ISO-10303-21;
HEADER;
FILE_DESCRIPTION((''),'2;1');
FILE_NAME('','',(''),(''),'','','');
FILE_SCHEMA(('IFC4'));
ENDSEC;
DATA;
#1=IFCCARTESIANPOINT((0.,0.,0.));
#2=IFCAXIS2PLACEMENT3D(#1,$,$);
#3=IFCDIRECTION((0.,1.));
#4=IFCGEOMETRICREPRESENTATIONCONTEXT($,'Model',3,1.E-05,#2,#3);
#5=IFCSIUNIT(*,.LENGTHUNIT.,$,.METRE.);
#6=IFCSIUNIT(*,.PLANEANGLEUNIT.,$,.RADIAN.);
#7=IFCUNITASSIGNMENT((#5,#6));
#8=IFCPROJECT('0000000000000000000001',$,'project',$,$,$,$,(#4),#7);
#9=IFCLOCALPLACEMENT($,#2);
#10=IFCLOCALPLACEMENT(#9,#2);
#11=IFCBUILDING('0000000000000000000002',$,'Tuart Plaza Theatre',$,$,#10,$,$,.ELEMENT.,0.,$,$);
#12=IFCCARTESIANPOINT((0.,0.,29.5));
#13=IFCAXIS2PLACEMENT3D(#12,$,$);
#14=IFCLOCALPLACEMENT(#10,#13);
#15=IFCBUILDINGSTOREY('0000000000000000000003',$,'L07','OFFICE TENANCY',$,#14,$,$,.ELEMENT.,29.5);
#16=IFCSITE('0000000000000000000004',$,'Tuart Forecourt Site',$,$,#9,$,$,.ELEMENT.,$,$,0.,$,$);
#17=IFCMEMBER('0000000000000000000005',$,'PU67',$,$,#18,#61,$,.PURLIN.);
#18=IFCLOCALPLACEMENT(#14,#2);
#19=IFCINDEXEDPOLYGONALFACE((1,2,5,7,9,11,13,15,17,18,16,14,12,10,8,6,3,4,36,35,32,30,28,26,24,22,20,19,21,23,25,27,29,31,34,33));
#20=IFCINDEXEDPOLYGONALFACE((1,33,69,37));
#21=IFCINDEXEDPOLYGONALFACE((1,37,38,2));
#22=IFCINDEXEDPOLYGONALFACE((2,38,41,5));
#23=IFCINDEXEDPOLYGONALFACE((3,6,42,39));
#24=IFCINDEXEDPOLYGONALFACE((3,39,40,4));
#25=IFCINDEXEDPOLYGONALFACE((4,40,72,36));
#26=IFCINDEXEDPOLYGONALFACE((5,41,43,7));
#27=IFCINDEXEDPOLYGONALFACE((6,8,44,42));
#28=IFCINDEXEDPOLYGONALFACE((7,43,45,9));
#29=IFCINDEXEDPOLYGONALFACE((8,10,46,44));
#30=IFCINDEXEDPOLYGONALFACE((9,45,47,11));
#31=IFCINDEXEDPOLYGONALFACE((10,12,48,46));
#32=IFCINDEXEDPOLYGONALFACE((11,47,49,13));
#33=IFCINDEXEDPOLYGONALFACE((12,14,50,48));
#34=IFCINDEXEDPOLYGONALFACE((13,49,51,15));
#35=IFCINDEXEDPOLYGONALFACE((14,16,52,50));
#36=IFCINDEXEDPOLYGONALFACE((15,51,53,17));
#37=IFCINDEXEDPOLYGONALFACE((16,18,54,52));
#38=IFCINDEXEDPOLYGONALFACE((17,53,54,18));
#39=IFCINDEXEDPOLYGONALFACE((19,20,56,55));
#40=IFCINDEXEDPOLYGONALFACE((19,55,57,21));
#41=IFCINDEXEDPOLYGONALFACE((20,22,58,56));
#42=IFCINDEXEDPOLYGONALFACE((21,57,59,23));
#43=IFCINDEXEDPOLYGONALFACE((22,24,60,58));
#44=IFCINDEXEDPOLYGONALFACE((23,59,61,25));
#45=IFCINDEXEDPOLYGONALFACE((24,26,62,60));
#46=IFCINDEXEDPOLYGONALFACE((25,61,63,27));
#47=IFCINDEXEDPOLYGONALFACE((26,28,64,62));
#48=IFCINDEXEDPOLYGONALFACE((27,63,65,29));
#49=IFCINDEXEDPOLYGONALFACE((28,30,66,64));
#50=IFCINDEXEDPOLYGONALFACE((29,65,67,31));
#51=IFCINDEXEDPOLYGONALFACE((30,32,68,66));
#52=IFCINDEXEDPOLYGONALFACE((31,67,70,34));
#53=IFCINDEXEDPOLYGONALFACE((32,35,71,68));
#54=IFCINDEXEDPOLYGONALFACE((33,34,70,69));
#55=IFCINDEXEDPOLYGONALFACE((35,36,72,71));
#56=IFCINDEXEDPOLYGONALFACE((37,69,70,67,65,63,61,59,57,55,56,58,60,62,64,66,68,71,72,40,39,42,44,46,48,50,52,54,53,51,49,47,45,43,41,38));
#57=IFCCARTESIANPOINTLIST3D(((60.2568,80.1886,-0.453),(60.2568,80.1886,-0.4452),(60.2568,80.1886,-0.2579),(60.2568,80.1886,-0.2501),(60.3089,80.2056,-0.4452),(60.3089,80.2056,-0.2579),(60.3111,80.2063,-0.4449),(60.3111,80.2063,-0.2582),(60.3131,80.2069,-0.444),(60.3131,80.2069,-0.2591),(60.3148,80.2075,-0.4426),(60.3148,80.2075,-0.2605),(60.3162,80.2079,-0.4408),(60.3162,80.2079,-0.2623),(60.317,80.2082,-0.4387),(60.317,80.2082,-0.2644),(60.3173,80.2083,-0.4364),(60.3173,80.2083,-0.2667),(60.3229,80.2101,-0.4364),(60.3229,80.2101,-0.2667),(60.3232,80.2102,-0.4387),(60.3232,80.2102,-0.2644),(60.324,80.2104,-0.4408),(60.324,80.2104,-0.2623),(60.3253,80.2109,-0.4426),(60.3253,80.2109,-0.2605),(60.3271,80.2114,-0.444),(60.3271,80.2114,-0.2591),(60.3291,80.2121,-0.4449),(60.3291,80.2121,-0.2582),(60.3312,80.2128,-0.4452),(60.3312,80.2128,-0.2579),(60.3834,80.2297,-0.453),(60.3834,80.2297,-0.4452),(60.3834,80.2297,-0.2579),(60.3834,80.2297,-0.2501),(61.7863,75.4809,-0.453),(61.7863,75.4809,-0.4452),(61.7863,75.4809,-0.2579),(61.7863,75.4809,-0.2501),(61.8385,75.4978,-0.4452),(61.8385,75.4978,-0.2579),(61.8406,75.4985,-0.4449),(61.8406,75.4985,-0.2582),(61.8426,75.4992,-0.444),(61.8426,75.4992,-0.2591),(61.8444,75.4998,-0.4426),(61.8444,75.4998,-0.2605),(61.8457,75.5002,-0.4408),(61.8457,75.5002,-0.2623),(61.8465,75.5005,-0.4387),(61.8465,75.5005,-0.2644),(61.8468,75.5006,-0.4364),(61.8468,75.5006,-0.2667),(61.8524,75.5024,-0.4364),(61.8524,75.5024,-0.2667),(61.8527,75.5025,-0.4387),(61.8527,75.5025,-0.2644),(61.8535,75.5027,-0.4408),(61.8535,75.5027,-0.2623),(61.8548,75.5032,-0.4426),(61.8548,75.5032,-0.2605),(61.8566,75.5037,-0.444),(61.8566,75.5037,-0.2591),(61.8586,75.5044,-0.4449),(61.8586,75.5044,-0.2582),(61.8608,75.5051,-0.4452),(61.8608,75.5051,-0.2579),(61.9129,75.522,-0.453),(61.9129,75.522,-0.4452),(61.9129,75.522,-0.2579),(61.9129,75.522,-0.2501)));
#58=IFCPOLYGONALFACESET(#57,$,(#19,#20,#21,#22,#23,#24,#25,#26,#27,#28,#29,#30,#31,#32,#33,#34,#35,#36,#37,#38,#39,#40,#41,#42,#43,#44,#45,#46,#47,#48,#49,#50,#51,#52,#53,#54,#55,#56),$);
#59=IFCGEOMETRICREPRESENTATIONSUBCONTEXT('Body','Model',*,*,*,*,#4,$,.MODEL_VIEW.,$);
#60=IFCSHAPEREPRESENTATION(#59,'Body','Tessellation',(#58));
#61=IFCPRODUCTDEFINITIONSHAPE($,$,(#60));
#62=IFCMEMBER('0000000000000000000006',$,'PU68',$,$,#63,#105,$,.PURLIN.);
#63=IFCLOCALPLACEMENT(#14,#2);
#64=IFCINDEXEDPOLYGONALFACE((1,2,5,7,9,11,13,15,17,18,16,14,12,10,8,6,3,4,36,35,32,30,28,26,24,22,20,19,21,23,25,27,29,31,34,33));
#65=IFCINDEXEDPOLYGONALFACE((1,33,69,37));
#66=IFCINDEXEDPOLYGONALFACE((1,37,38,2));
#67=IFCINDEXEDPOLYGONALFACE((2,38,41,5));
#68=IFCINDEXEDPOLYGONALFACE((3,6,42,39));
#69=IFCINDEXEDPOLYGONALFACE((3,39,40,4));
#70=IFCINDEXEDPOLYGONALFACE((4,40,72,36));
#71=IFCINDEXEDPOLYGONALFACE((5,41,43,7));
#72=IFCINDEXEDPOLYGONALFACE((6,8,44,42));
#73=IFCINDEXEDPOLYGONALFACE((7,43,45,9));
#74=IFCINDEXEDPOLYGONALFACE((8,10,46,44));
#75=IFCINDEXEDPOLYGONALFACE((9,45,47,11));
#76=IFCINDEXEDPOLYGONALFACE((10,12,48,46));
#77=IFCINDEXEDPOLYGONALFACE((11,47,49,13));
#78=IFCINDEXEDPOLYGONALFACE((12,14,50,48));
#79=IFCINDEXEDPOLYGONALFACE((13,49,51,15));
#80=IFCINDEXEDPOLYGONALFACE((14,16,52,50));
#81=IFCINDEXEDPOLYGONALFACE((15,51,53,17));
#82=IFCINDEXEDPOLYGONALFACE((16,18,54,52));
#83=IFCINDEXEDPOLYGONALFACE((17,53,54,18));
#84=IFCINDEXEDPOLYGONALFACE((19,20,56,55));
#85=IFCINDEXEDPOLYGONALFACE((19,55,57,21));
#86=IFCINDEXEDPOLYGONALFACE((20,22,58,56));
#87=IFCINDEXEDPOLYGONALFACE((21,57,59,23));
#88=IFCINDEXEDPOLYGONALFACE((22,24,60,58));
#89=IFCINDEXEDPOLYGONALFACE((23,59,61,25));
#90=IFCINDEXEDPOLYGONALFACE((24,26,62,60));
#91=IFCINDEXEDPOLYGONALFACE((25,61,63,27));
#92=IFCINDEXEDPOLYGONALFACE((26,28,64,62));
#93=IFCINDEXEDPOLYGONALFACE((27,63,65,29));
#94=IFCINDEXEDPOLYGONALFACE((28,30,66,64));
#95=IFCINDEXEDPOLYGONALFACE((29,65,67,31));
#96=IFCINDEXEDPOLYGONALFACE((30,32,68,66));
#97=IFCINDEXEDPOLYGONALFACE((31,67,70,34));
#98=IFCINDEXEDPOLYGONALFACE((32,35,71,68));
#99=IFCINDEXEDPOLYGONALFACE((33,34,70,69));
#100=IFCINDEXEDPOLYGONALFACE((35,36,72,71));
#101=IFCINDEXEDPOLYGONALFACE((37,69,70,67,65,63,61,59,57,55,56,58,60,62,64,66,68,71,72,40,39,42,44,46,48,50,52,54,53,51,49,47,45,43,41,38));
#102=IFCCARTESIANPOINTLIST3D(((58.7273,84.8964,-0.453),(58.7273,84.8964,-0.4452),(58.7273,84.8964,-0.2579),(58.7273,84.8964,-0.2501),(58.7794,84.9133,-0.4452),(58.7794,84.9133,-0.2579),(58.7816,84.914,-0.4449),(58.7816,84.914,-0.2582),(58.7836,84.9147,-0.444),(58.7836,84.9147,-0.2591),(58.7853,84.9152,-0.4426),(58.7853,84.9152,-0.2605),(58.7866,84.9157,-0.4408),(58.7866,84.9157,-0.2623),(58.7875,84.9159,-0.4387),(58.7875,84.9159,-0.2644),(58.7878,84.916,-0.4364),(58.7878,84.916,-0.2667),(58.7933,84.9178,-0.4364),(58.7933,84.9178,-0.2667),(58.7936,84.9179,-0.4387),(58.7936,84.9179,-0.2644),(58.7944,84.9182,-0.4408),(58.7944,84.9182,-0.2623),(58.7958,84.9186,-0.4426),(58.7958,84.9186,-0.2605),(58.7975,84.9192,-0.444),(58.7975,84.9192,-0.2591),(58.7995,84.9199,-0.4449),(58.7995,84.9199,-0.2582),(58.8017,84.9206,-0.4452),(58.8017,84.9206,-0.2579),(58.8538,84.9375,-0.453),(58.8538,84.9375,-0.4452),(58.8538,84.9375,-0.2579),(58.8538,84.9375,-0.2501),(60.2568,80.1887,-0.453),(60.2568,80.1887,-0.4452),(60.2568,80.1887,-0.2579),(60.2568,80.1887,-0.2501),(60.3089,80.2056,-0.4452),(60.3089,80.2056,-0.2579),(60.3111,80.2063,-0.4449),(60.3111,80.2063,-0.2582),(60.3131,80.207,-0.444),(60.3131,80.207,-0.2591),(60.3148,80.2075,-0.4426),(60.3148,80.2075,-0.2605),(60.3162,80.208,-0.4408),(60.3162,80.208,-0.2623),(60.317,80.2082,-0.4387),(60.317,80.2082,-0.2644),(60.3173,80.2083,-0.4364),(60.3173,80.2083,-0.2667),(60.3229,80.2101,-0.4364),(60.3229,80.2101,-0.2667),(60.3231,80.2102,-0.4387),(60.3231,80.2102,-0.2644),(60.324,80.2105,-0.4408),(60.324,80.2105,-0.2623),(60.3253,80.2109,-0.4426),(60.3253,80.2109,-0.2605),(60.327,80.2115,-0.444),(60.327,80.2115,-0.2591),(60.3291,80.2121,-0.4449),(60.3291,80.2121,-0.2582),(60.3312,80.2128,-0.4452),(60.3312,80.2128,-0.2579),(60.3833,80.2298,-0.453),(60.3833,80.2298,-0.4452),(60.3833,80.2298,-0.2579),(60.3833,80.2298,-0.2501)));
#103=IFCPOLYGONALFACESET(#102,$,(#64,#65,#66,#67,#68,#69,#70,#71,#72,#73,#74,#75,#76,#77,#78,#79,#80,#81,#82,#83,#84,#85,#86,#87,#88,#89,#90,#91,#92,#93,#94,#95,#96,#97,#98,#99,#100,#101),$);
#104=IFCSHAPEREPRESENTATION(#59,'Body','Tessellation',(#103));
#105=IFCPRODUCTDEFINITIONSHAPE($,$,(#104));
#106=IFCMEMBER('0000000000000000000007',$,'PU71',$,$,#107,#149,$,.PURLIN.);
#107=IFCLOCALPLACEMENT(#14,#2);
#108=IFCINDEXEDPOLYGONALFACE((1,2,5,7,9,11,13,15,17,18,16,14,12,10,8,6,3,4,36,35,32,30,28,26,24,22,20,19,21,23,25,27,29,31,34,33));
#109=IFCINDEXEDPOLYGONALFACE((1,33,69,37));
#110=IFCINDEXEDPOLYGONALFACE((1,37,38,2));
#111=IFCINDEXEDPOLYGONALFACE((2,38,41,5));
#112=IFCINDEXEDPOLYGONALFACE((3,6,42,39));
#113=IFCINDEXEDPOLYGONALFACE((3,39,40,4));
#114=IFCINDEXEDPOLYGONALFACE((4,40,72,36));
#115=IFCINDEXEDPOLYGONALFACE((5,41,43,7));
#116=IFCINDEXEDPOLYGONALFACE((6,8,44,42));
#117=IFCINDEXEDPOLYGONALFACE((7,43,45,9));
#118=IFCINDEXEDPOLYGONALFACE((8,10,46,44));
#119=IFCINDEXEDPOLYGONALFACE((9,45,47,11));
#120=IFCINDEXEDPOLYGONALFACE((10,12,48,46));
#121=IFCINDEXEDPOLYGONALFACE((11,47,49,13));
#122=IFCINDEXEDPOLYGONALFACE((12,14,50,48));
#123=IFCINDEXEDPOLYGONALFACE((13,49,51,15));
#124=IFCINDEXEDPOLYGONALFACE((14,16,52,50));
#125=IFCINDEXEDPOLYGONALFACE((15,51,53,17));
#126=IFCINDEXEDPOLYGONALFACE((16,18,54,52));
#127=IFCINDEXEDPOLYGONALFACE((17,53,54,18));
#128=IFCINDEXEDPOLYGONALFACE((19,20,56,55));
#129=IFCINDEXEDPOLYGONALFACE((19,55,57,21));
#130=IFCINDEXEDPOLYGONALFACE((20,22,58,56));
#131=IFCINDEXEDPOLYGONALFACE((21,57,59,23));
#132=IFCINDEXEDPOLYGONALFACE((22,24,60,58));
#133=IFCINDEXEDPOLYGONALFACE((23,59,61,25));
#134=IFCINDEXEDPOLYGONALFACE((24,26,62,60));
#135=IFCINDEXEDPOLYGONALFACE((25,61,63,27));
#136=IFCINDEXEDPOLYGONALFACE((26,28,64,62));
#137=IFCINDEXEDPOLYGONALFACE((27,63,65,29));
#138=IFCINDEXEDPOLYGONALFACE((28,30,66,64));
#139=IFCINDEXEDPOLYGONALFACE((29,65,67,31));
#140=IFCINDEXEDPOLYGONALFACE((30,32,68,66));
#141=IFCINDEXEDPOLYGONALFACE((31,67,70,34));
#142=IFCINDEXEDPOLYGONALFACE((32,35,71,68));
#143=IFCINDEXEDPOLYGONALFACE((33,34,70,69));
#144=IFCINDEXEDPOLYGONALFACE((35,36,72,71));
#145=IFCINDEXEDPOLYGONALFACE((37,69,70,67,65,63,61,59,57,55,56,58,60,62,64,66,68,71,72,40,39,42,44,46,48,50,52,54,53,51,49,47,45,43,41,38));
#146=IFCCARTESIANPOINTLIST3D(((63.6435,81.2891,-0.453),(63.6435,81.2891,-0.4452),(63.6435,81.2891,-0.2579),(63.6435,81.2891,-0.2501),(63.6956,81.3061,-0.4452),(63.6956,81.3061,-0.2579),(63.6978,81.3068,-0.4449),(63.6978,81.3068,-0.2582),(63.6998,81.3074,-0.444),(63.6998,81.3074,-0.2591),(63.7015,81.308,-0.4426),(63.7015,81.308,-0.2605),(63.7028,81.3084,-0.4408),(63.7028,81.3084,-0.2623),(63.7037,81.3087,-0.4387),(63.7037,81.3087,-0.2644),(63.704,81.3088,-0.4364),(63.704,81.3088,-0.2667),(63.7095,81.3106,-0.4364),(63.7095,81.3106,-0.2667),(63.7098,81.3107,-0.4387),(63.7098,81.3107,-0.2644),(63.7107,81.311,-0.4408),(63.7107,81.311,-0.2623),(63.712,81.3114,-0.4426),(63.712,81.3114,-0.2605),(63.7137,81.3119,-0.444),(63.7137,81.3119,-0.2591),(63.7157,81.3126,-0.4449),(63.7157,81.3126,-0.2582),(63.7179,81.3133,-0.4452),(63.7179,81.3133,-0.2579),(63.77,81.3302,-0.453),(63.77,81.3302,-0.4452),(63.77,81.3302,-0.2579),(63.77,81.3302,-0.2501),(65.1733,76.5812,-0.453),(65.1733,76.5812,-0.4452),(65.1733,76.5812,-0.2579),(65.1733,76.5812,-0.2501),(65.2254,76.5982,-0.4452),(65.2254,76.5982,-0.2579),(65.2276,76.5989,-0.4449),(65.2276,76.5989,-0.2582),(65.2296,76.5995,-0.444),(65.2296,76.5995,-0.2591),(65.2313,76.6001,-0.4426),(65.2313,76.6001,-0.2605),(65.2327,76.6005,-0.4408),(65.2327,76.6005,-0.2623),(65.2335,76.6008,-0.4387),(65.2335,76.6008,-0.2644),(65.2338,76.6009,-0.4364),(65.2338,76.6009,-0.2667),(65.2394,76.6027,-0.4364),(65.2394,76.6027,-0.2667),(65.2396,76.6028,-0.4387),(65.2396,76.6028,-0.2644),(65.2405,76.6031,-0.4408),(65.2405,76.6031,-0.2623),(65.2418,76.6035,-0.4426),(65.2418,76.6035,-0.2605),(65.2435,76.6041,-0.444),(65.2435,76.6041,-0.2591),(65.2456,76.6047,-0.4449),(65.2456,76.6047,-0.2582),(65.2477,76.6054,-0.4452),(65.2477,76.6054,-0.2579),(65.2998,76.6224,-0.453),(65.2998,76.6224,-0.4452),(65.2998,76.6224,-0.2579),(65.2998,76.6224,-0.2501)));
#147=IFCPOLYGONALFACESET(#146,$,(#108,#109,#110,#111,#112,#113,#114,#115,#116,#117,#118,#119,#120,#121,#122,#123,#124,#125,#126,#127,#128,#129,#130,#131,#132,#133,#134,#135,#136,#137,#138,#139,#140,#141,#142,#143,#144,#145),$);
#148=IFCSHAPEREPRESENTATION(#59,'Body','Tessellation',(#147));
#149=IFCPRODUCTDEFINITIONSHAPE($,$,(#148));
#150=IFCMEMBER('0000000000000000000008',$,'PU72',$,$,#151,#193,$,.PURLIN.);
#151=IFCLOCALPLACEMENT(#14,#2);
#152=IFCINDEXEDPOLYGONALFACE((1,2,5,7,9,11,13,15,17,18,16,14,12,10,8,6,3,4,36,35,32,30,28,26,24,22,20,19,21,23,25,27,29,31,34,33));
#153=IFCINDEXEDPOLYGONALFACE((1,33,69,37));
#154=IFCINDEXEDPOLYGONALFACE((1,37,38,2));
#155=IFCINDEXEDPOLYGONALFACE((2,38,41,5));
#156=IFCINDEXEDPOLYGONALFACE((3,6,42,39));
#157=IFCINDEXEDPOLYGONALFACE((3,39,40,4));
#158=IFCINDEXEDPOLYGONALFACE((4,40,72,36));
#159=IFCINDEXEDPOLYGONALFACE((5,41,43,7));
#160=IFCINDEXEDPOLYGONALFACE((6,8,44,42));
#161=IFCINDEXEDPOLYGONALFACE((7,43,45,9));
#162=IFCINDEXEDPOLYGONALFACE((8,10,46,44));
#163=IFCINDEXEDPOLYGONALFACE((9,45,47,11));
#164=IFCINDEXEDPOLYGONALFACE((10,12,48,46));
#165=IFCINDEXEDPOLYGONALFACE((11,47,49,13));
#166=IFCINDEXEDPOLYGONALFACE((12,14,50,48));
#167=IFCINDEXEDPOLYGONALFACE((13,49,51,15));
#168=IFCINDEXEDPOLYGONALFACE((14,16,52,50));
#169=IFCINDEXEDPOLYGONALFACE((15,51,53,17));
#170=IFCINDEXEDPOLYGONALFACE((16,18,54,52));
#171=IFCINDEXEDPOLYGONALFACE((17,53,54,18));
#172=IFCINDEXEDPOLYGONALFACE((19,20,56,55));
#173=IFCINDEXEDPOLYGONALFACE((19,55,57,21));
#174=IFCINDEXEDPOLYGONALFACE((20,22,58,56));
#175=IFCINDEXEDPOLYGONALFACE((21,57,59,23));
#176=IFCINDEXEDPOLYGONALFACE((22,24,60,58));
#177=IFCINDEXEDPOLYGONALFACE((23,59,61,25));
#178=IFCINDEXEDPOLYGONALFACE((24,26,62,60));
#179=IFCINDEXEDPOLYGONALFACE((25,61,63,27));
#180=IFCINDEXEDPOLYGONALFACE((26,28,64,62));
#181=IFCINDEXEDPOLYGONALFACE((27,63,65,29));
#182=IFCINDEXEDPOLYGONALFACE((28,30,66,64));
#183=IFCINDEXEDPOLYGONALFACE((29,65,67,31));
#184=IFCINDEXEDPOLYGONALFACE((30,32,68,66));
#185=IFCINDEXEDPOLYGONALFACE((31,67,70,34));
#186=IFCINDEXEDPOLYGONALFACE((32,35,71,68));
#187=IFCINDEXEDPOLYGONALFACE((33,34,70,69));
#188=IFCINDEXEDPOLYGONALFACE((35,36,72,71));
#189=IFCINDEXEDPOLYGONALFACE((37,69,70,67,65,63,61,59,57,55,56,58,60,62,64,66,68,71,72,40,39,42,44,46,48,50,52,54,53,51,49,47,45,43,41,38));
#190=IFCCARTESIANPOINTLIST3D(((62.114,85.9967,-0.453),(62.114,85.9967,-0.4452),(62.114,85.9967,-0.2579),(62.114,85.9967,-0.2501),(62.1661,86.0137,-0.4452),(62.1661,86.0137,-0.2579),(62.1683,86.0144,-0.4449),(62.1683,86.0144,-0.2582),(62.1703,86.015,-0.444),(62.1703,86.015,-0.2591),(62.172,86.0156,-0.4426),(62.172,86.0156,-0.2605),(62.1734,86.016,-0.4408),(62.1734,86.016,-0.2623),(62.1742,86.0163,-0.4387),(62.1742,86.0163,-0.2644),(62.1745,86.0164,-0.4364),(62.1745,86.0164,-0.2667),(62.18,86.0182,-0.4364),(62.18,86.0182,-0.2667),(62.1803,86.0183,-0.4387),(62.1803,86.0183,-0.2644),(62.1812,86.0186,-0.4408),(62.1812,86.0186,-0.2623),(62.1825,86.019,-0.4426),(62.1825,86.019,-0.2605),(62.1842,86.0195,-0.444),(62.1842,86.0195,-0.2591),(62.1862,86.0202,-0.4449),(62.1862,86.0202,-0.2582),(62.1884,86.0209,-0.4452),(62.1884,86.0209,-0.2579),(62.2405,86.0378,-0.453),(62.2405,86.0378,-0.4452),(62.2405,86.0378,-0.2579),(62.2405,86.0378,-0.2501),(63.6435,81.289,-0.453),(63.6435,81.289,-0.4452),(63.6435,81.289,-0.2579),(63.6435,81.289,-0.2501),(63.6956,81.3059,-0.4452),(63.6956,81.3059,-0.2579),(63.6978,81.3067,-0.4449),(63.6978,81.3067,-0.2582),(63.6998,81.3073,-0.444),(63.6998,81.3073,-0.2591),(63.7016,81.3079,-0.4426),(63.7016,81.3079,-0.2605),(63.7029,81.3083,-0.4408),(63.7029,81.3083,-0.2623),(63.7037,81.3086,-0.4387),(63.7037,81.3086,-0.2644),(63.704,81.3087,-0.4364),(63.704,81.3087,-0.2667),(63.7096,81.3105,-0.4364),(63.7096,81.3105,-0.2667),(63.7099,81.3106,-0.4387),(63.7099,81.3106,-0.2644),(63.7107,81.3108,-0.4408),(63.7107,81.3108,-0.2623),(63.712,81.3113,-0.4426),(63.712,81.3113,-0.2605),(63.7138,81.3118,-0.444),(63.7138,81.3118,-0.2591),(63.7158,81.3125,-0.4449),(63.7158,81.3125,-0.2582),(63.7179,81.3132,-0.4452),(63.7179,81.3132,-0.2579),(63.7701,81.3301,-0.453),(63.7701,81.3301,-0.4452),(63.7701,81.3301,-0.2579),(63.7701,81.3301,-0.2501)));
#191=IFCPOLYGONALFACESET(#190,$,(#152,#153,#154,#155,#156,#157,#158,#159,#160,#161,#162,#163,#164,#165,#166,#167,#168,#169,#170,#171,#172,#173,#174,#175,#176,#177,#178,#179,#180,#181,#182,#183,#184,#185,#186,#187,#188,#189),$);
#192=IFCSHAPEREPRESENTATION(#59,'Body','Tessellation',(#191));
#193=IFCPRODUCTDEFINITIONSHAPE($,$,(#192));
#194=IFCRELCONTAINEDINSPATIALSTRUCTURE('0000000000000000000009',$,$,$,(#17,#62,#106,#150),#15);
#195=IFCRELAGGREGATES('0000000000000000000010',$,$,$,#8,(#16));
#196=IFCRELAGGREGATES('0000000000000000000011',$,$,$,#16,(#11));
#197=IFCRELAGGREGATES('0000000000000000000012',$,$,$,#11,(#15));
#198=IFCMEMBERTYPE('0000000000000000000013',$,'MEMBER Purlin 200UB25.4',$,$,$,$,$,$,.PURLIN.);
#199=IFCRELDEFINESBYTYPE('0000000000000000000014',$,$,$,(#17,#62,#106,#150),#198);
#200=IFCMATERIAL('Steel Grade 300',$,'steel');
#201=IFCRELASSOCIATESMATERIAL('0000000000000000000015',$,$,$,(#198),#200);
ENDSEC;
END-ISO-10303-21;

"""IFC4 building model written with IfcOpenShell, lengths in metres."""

from ifc_helpers import new_model, si_unit, direction, frame, origin, origin_2d, place, context, subcontext, project, spatial, i_section, extrude, material, material_profile, profile_set, type_object, element, save


model = new_model("IFC4")

# Units and contexts
model_context = context("Model", 3, precision=1e-05, world=origin(), true_north=direction((0.0, 1.0)))
body_context = subcontext(model_context, "Body", "Model", "MODEL_VIEW")
ifc_project = project(units=[si_unit("LENGTHUNIT", "METRE"), si_unit("PLANEANGLEUNIT", "RADIAN")], contexts=[model_context])

# Site, building, storey
site_placement = place(None, origin())
site = spatial("IfcSite", under=ifc_project, at=site_placement, Name="Tuart Forecourt Site", CompositionType="ELEMENT", RefElevation=0.0)
building_placement = place(site_placement, origin())
building = spatial("IfcBuilding", under=site, at=building_placement, Name="Tuart Plaza Theatre", CompositionType="ELEMENT", ElevationOfRefHeight=0.0)
storey_placement = place(building_placement, frame((0.0, 0.0, 29.5)))
storey = spatial("IfcBuildingStorey", under=building, at=storey_placement, Name="L07", Description="OFFICE TENANCY", CompositionType="ELEMENT", Elevation=29.5)

# Members
ifc_material_1 = material(Name="Steel Grade 300", Category="steel")
ifc_material_profile_1 = material_profile(ifc_material_1, i_section(OverallWidth=0.1331, OverallDepth=0.2029, WebThickness=0.0059, FlangeThickness=0.0078, FilletRadius=0.0088, at=origin_2d()), Name="200UB25.4")
ifc_profile_set_1 = profile_set([ifc_material_profile_1], Name="Steel Grade 300")
member_type_1 = type_object("IfcMemberType", Name="MEMBER Purlin 200UB25.4", PredefinedType="PURLIN", material=ifc_profile_set_1)
for number, where, z_axis, x_axis, name in (
    (1, (61.8496, 75.5015, -0.3516), (-0.308998, 0.951063, 0.0), (-0.951063, -0.308998, 0.0), "PU67"),
    (2, (60.3201, 80.2092, -0.3516), (-0.308998, 0.951063, 0.0), (-0.951063, -0.308998, 0.0), "PU68"),
):
    element("IfcMember", number, at=place(storey_placement, frame(where, z_axis=z_axis, x_axis=x_axis)), inside=storey, type_object=member_type_1, Name=name, PredefinedType="PURLIN", context=body_context, shape_type="SweptSolid", body=[
        extrude(i_section(OverallWidth=0.1331, OverallDepth=0.2029, WebThickness=0.0059, FlangeThickness=0.0078, FilletRadius=0.0088, at=origin_2d()), origin(), (0.0, 0.0, 1.0), 4.95),
    ])
member_1_placement = place(storey_placement, frame((65.2366, 76.6018, -0.3516), z_axis=(-0.309043, 0.951048, 0.0), x_axis=(-0.951048, -0.309043, 0.0)))
element("IfcMember", 3, at=member_1_placement, inside=storey, type_object=member_type_1, Name="PU71", PredefinedType="PURLIN", context=body_context, shape_type="SweptSolid", body=[
    extrude(i_section(OverallWidth=0.1331, OverallDepth=0.2029, WebThickness=0.0059, FlangeThickness=0.0078, FilletRadius=0.0088, at=origin_2d()), origin(), (0.0, 0.0, 1.0), 4.9502),
])
member_2_placement = place(storey_placement, frame((63.7068, 81.3096, -0.3516), z_axis=(-0.308998, 0.951063, 0.0), x_axis=(-0.951063, -0.308998, 0.0)))
element("IfcMember", 4, at=member_2_placement, inside=storey, type_object=member_type_1, Name="PU72", PredefinedType="PURLIN", context=body_context, shape_type="SweptSolid", body=[
    extrude(i_section(OverallWidth=0.1331, OverallDepth=0.2029, WebThickness=0.0059, FlangeThickness=0.0078, FilletRadius=0.0088, at=origin_2d()), origin(), (0.0, 0.0, 1.0), 4.95),
])

save(model, "model.ifc")
